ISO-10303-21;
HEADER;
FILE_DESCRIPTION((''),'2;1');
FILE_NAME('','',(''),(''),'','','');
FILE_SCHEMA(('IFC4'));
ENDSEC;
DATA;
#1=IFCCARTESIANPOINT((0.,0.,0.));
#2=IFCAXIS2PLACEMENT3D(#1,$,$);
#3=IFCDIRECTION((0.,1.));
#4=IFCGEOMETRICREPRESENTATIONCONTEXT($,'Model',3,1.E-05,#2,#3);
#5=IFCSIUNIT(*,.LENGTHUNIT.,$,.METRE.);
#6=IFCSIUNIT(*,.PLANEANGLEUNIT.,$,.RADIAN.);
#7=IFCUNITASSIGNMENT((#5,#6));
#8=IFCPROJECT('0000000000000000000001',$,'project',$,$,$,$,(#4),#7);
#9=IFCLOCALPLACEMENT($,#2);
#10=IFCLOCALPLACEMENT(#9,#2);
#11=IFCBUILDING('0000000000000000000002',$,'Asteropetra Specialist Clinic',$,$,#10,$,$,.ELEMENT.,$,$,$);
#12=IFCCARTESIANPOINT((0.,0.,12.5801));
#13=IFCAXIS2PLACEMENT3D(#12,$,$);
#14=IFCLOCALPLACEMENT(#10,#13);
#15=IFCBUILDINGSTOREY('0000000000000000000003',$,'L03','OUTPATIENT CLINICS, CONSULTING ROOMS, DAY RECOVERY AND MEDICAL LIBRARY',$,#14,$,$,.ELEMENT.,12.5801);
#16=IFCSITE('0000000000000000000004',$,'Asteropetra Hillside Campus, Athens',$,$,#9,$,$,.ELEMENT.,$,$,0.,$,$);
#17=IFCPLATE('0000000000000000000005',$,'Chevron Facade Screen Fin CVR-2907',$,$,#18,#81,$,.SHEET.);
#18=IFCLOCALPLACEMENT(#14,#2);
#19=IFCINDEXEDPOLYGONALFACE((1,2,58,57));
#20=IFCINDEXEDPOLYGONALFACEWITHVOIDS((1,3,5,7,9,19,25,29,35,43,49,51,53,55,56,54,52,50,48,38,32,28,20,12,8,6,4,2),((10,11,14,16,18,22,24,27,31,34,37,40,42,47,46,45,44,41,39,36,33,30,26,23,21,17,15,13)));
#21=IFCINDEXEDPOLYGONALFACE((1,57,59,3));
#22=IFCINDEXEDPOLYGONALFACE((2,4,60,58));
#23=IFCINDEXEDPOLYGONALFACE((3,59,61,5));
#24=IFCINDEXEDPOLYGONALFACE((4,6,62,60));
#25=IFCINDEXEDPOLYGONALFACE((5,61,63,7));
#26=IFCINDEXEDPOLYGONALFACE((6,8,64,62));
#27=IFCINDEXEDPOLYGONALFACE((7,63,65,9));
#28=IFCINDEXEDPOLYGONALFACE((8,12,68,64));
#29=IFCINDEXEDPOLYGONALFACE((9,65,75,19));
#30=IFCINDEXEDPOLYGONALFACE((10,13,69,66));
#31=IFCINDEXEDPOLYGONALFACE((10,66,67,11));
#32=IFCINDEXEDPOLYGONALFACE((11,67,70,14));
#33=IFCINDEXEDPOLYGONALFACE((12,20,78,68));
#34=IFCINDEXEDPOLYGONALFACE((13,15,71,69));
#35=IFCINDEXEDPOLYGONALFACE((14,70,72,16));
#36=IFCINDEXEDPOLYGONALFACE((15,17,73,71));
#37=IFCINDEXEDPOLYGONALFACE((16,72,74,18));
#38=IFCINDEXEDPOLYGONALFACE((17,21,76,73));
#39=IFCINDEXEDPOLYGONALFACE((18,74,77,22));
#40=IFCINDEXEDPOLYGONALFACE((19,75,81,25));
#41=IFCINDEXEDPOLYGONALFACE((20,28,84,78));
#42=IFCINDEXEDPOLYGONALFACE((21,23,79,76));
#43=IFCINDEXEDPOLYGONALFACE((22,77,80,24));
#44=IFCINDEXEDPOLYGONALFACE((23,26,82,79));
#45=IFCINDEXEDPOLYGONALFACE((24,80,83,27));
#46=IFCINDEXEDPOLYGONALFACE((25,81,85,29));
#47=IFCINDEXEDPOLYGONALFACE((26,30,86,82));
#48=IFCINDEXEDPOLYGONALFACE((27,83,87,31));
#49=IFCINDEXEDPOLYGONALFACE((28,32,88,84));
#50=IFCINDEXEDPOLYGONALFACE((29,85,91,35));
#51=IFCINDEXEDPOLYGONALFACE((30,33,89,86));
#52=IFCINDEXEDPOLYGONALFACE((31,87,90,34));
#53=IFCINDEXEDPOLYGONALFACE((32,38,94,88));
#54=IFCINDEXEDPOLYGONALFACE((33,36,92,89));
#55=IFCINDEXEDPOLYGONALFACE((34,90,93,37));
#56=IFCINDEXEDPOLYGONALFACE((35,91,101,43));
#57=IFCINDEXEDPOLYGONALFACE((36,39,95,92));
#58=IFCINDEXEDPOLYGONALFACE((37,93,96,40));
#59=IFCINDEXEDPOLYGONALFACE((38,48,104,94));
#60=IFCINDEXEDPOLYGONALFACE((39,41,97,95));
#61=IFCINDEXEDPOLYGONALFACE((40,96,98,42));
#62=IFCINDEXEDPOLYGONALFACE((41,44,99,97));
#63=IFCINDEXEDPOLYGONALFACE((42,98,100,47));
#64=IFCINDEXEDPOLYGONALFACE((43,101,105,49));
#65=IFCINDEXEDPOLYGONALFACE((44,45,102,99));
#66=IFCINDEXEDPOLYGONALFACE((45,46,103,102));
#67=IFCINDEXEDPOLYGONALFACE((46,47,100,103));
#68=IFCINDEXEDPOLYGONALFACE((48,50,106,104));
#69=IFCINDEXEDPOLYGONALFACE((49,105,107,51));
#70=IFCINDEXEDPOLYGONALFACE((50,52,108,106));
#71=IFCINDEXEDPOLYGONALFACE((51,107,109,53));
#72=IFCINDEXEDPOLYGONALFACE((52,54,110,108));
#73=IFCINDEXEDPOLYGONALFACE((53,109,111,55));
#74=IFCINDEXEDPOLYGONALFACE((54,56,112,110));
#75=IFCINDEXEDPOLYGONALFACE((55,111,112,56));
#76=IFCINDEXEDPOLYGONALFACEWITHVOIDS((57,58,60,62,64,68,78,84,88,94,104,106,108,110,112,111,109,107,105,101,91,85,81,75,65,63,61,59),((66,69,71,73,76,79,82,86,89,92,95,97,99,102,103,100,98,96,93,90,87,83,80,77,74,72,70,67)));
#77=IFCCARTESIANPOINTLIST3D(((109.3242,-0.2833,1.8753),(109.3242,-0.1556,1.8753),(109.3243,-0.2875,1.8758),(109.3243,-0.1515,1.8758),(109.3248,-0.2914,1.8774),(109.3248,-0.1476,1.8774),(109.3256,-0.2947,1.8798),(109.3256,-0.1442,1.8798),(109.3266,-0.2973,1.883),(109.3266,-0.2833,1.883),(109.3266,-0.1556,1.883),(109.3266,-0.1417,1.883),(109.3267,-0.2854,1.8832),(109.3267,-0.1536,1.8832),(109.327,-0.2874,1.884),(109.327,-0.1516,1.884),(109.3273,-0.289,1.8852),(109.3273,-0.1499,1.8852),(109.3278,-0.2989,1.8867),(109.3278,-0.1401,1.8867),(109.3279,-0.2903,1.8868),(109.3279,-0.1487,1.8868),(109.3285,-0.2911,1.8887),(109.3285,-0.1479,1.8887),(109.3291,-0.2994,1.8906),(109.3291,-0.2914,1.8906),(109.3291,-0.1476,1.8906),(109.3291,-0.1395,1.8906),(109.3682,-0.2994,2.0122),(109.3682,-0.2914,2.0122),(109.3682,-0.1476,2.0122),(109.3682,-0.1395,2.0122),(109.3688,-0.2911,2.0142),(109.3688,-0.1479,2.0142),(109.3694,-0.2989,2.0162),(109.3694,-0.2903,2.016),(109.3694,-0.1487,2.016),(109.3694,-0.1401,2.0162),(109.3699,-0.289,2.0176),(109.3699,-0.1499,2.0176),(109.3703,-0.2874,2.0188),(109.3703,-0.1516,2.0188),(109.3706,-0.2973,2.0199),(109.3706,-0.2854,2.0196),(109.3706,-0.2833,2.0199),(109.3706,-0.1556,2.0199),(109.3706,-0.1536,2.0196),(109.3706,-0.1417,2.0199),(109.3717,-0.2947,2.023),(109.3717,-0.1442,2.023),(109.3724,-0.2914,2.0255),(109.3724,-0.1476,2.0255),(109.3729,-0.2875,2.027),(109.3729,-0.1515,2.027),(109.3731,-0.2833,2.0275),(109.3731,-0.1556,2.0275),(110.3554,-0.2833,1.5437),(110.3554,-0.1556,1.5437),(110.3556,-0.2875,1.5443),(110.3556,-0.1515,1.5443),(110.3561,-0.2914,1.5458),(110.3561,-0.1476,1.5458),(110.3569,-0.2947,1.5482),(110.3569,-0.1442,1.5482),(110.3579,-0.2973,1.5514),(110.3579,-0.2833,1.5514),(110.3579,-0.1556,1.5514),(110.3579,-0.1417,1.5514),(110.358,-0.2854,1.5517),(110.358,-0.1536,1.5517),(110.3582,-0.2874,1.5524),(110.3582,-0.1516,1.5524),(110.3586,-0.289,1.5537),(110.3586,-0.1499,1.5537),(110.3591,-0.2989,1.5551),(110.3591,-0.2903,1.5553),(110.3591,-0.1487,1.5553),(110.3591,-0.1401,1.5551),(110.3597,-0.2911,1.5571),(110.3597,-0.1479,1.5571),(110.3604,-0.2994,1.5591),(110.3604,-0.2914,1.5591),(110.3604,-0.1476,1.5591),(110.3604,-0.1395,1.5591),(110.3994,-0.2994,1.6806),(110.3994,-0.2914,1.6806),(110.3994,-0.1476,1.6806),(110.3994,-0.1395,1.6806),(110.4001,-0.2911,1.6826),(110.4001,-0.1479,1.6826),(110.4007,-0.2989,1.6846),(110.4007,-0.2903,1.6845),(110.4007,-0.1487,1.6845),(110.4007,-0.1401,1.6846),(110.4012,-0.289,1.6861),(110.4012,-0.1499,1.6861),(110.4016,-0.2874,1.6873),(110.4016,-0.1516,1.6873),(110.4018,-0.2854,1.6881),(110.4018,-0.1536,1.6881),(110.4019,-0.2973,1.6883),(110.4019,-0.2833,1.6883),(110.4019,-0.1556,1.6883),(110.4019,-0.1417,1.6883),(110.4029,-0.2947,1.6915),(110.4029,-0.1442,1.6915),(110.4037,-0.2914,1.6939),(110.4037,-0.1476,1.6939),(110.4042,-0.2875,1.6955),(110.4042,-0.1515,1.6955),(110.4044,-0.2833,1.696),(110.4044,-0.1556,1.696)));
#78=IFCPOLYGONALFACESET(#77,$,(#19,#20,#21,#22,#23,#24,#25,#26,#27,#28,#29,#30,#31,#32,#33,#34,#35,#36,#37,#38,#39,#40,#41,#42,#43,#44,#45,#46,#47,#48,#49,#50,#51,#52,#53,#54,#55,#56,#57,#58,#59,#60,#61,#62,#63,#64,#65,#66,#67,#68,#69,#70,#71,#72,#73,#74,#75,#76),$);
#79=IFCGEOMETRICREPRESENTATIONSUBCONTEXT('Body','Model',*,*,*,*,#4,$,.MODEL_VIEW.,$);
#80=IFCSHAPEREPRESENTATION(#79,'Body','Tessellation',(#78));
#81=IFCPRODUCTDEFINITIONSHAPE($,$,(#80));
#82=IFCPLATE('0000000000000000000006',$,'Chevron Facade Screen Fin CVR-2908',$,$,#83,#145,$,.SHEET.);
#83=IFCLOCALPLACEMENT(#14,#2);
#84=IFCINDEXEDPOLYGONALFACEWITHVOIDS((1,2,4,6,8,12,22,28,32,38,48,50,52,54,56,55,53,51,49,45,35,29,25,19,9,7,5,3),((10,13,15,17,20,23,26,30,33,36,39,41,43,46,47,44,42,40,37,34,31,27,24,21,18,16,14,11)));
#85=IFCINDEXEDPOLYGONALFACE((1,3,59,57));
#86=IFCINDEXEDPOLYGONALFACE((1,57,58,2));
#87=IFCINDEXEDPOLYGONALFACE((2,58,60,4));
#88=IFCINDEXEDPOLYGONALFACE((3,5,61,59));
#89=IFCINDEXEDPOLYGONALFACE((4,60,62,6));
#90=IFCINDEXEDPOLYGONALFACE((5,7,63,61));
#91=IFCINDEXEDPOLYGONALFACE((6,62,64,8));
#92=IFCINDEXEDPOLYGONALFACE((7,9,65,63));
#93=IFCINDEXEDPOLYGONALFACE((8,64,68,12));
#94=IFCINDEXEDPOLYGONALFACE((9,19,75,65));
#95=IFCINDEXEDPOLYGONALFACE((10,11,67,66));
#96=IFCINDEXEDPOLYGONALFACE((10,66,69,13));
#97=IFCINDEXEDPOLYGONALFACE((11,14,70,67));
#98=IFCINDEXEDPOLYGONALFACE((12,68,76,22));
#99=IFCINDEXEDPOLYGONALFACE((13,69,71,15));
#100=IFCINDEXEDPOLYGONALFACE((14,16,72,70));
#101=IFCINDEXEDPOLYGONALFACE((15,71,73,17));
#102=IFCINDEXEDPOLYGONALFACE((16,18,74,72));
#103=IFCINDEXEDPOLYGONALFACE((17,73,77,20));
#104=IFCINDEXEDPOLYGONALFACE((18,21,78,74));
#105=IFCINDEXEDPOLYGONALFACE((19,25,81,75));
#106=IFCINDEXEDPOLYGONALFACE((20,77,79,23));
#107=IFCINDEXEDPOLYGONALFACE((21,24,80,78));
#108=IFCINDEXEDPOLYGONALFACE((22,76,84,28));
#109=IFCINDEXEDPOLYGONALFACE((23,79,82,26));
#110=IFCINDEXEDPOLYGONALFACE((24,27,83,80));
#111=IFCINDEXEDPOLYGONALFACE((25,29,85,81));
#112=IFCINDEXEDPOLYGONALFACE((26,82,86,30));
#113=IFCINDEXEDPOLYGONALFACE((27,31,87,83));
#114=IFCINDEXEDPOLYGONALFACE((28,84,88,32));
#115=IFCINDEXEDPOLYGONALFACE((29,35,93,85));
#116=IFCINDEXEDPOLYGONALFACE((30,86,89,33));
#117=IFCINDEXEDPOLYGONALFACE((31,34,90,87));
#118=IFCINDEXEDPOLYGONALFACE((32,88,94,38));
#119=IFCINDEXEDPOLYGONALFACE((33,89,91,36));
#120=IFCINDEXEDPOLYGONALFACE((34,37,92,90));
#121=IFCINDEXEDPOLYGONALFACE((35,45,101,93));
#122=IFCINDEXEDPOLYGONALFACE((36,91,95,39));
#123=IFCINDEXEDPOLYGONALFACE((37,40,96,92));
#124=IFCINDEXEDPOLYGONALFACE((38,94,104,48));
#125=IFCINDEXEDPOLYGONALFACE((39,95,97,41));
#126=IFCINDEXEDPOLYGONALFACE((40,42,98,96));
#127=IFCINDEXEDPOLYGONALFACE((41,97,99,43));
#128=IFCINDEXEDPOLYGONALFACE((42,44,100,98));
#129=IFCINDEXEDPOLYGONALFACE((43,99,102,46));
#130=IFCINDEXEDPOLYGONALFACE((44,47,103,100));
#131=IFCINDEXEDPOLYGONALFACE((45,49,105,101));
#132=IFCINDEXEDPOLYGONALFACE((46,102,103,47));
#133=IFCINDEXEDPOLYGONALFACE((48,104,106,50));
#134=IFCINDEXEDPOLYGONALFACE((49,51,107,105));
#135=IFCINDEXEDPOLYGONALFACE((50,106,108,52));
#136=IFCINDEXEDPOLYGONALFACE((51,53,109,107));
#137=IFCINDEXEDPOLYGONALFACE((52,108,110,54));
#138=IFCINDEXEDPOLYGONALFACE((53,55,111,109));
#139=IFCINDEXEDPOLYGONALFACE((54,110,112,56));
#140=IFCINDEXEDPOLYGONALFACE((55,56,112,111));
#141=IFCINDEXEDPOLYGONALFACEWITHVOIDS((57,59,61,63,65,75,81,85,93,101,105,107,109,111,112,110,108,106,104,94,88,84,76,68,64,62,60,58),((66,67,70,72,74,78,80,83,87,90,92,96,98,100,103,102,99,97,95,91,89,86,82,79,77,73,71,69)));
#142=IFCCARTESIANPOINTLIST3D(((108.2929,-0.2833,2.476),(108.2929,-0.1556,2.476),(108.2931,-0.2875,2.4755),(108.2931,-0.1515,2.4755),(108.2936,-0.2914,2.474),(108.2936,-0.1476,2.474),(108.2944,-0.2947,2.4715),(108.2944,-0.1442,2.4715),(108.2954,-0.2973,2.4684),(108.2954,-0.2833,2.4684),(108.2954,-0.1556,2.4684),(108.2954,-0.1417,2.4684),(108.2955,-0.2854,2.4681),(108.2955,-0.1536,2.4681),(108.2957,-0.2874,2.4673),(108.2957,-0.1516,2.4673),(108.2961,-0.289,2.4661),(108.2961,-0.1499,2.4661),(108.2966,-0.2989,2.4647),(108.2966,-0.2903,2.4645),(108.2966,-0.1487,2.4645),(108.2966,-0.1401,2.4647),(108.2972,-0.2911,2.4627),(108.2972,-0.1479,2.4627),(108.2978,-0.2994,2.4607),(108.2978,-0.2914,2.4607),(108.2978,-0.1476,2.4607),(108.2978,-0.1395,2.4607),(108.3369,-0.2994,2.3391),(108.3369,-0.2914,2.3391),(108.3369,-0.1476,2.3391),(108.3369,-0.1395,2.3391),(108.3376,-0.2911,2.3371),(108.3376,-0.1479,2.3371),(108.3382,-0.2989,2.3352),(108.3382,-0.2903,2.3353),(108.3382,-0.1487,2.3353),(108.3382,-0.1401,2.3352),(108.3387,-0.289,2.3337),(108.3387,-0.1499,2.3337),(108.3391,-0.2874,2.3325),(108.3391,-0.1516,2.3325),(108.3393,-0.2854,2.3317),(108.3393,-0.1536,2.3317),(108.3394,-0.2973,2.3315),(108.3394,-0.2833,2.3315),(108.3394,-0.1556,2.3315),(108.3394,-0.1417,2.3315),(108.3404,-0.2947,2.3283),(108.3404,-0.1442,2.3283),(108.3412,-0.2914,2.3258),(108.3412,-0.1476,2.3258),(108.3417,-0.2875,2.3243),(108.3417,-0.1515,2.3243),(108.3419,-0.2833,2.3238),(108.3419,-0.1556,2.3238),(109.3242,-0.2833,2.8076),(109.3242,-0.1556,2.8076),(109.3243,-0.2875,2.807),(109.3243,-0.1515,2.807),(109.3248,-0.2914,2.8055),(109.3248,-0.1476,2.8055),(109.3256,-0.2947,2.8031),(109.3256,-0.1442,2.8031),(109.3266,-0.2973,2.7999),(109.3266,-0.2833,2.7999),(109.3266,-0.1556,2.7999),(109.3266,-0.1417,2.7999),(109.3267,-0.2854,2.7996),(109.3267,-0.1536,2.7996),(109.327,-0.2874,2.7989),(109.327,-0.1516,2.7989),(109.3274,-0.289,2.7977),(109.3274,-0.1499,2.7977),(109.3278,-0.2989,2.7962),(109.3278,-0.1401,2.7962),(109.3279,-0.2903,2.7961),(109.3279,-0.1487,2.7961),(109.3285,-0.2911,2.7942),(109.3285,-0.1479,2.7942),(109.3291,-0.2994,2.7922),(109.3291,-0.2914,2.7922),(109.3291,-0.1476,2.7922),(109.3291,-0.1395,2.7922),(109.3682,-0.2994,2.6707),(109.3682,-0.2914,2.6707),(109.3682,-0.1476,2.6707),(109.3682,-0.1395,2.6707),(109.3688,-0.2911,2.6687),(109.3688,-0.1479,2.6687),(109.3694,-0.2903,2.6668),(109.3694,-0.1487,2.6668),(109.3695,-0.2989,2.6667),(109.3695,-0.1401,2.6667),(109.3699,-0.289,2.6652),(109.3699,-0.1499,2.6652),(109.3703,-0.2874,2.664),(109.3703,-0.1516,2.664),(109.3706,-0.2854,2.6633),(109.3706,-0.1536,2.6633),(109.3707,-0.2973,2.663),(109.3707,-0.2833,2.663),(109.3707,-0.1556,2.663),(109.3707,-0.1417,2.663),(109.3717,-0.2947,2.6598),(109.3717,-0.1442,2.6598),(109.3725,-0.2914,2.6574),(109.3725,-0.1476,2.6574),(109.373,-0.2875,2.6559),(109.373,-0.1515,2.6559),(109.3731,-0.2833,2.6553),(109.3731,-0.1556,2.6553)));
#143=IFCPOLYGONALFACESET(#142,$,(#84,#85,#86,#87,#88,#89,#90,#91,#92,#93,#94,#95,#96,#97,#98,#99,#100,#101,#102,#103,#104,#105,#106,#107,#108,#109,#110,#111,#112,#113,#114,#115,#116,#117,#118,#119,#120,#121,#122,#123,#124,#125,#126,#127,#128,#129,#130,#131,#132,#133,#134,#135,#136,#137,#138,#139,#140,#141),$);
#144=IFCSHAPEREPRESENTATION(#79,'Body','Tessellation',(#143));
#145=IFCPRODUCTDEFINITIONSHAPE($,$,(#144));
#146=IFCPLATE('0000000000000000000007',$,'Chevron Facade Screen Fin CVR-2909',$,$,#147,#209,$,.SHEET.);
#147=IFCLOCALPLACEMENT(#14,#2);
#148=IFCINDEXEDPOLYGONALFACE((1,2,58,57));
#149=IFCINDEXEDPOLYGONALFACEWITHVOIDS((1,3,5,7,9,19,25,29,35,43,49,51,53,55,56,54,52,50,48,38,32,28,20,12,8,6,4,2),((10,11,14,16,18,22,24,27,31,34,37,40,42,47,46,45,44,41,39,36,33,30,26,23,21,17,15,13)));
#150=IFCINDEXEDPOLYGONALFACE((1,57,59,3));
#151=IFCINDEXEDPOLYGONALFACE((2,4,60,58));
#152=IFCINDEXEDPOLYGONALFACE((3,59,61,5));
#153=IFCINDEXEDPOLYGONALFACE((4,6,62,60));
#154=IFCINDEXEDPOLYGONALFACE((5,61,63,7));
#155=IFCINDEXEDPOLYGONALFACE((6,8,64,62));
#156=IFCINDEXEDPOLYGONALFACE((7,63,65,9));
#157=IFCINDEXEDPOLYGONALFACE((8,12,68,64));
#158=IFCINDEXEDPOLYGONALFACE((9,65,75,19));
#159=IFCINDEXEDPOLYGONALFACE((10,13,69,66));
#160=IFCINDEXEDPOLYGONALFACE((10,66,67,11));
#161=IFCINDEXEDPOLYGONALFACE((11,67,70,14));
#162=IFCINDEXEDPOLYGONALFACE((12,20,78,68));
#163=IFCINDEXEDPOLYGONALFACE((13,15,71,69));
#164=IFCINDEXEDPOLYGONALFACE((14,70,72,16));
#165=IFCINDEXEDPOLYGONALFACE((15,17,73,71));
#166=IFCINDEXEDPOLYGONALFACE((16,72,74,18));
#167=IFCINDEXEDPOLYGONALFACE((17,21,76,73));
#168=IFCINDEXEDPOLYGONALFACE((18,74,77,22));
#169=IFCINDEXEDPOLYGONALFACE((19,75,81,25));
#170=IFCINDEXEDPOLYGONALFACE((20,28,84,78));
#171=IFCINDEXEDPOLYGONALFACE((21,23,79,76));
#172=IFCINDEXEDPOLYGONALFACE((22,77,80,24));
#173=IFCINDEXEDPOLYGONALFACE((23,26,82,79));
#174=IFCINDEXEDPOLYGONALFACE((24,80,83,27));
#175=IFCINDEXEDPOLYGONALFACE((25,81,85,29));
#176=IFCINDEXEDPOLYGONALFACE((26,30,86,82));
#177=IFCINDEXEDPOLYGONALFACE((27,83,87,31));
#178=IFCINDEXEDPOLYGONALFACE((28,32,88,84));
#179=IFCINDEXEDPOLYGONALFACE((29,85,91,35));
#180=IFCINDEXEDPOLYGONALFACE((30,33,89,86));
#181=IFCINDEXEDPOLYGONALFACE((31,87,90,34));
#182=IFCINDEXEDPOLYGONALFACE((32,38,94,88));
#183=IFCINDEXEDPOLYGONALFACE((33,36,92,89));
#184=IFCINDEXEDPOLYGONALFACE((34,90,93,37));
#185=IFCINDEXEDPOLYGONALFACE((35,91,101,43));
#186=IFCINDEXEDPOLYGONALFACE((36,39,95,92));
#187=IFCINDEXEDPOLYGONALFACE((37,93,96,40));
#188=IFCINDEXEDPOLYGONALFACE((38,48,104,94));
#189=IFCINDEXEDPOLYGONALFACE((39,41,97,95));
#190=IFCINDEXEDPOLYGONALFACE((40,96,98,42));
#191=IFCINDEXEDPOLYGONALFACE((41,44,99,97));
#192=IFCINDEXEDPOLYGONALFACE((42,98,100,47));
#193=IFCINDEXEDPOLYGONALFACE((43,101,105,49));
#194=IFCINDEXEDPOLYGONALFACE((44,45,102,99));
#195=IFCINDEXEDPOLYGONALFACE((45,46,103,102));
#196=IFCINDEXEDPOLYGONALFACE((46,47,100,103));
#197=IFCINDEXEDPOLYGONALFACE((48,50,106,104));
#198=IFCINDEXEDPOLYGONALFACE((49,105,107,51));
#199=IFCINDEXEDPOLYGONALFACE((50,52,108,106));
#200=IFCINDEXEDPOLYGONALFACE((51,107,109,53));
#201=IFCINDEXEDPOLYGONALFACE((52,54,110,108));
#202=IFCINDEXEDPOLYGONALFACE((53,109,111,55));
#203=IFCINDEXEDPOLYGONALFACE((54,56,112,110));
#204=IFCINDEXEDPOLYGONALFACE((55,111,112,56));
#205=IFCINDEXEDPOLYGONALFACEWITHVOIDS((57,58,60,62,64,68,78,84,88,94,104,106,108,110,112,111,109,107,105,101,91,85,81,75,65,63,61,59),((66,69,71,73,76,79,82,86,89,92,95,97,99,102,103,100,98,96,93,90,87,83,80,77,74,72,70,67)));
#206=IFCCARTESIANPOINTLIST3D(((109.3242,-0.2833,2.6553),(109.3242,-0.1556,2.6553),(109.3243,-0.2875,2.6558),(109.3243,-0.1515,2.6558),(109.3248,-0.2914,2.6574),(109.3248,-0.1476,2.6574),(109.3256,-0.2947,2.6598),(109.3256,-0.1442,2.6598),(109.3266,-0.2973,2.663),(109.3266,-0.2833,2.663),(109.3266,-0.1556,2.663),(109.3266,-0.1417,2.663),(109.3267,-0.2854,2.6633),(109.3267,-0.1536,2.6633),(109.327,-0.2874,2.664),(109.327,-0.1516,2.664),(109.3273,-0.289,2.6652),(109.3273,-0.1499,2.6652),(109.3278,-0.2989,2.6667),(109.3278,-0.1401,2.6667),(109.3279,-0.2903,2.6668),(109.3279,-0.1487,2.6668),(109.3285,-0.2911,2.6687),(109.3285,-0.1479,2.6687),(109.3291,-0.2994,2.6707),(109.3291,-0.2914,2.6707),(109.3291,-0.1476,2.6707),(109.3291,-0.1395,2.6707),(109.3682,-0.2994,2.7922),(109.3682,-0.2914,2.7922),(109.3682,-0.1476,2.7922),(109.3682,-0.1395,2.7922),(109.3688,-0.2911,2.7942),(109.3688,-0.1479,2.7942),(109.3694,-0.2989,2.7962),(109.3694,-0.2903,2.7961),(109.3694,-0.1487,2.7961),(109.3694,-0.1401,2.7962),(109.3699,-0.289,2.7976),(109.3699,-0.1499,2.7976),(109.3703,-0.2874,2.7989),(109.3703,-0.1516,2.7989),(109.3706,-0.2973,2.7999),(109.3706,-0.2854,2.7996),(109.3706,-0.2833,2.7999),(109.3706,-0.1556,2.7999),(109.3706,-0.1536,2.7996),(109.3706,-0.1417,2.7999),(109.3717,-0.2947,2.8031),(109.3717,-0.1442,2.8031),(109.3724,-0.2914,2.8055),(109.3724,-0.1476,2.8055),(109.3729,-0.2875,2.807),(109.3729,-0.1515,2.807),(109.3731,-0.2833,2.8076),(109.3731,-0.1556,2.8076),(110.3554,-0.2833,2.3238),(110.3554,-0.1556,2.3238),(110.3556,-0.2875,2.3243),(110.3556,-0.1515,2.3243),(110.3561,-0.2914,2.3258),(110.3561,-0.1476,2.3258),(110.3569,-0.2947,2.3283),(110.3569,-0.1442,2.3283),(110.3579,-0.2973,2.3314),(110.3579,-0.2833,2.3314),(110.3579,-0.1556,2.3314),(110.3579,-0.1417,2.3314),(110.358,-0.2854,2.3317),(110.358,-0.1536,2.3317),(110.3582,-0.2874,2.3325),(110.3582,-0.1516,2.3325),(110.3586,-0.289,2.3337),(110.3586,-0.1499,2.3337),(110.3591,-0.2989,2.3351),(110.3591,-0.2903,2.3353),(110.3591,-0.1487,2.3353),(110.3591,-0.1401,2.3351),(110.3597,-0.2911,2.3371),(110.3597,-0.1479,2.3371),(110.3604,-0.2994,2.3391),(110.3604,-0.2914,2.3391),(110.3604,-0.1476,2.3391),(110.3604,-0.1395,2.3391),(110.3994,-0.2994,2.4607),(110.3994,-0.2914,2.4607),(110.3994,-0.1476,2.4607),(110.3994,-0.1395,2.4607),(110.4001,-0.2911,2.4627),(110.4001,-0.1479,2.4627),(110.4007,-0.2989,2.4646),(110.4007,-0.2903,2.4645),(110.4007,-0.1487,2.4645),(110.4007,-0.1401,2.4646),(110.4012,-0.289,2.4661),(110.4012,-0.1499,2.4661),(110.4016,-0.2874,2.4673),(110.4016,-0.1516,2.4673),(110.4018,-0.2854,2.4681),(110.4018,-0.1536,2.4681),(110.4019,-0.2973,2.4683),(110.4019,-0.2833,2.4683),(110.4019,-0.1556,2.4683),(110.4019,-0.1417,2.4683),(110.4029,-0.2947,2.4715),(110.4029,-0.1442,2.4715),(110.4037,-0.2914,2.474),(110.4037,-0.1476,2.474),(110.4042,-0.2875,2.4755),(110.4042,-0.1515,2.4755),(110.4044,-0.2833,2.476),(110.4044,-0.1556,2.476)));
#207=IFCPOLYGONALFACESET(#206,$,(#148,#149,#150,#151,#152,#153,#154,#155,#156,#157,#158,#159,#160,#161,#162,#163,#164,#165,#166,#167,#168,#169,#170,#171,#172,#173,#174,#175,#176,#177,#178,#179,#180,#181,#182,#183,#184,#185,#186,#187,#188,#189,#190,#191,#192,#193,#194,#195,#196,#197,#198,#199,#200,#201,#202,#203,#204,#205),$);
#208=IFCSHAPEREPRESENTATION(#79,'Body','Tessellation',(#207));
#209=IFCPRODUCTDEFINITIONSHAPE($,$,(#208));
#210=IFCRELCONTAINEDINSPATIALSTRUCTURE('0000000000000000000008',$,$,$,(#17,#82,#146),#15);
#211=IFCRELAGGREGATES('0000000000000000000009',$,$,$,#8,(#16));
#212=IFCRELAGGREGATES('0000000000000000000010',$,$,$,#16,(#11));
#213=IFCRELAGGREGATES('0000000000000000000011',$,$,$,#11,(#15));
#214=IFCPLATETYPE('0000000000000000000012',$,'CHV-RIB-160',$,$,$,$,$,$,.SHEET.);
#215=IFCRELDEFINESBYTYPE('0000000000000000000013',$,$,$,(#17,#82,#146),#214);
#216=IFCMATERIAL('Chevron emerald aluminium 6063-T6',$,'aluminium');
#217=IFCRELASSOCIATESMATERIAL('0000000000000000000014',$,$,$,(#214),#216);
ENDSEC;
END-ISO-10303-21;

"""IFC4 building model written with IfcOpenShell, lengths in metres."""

from ifc_helpers import new_model, si_unit, direction, frame, origin, origin_2d, place, context, subcontext, project, spatial, hollow_rectangle, extrude, material, material_profile, profile_set, type_object, element, save


model = new_model("IFC4")

# Units and contexts
model_context = context("Model", 3, precision=1e-05, world=origin(), true_north=direction((0.0, 1.0)))
body_context = subcontext(model_context, "Body", "Model", "MODEL_VIEW")
ifc_project = project(units=[si_unit("LENGTHUNIT", "METRE"), si_unit("PLANEANGLEUNIT", "RADIAN")], contexts=[model_context])

# Site, building, storey
site_placement = place(None, origin())
site = spatial("IfcSite", under=ifc_project, at=site_placement, Name="Asteropetra Hillside Campus, Athens", CompositionType="ELEMENT", RefElevation=0.0)
building_placement = place(site_placement, origin())
building = spatial("IfcBuilding", under=site, at=building_placement, Name="Asteropetra Specialist Clinic", CompositionType="ELEMENT")
storey_placement = place(building_placement, frame((0.0, 0.0, 12.5801)))
storey = spatial("IfcBuildingStorey", under=building, at=storey_placement, Name="L03", Description="OUTPATIENT CLINICS, CONSULTING ROOMS, DAY RECOVERY AND MEDICAL LIBRARY", CompositionType="ELEMENT", Elevation=12.5801)

# Plates
ifc_material_1 = material(Name="Chevron emerald aluminium 6063-T6", Category="aluminium")
ifc_material_profile_1 = material_profile(ifc_material_1, hollow_rectangle(XDim=0.1599, YDim=0.1599, WallThickness=0.0081, InnerFilletRadius=0.0081, OuterFilletRadius=0.0161, at=origin_2d()), Name="SHS 160x160x8.0")
ifc_profile_set_1 = profile_set([ifc_material_profile_1], Name="Chevron emerald aluminium 6063-T6")
plate_type_1 = type_object("IfcPlateType", Name="CHV-RIB-160", PredefinedType="SHEET", material=ifc_profile_set_1)
for number, where, z_axis, x_axis, name in (
    (1, (109.3486, -0.2195, 1.9514), (0.95201, 0.0, -0.306068), (0.0, 1.0, 0.0), "Chevron Facade Screen Fin CVR-2907"),
    (2, (108.3174, -0.2195, 2.3999), (0.95201, 0.0, 0.306068), (0.0, 1.0, 0.0), "Chevron Facade Screen Fin CVR-2908"),
    (3, (109.3486, -0.2195, 2.7314), (0.95201, 0.0, -0.306068), (0.0, 1.0, 0.0), "Chevron Facade Screen Fin CVR-2909"),
):
    element("IfcPlate", number, at=place(storey_placement, frame(where, z_axis=z_axis, x_axis=x_axis)), inside=storey, type_object=plate_type_1, Name=name, PredefinedType="SHEET", context=body_context, shape_type="SweptSolid", body=[
        extrude(hollow_rectangle(XDim=0.1599, YDim=0.1599, WallThickness=0.0081, InnerFilletRadius=0.0081, OuterFilletRadius=0.0161, at=origin_2d()), origin(), (0.0, 0.0, 1.0), 1.0833),
    ])

save(model, "model.ifc")
